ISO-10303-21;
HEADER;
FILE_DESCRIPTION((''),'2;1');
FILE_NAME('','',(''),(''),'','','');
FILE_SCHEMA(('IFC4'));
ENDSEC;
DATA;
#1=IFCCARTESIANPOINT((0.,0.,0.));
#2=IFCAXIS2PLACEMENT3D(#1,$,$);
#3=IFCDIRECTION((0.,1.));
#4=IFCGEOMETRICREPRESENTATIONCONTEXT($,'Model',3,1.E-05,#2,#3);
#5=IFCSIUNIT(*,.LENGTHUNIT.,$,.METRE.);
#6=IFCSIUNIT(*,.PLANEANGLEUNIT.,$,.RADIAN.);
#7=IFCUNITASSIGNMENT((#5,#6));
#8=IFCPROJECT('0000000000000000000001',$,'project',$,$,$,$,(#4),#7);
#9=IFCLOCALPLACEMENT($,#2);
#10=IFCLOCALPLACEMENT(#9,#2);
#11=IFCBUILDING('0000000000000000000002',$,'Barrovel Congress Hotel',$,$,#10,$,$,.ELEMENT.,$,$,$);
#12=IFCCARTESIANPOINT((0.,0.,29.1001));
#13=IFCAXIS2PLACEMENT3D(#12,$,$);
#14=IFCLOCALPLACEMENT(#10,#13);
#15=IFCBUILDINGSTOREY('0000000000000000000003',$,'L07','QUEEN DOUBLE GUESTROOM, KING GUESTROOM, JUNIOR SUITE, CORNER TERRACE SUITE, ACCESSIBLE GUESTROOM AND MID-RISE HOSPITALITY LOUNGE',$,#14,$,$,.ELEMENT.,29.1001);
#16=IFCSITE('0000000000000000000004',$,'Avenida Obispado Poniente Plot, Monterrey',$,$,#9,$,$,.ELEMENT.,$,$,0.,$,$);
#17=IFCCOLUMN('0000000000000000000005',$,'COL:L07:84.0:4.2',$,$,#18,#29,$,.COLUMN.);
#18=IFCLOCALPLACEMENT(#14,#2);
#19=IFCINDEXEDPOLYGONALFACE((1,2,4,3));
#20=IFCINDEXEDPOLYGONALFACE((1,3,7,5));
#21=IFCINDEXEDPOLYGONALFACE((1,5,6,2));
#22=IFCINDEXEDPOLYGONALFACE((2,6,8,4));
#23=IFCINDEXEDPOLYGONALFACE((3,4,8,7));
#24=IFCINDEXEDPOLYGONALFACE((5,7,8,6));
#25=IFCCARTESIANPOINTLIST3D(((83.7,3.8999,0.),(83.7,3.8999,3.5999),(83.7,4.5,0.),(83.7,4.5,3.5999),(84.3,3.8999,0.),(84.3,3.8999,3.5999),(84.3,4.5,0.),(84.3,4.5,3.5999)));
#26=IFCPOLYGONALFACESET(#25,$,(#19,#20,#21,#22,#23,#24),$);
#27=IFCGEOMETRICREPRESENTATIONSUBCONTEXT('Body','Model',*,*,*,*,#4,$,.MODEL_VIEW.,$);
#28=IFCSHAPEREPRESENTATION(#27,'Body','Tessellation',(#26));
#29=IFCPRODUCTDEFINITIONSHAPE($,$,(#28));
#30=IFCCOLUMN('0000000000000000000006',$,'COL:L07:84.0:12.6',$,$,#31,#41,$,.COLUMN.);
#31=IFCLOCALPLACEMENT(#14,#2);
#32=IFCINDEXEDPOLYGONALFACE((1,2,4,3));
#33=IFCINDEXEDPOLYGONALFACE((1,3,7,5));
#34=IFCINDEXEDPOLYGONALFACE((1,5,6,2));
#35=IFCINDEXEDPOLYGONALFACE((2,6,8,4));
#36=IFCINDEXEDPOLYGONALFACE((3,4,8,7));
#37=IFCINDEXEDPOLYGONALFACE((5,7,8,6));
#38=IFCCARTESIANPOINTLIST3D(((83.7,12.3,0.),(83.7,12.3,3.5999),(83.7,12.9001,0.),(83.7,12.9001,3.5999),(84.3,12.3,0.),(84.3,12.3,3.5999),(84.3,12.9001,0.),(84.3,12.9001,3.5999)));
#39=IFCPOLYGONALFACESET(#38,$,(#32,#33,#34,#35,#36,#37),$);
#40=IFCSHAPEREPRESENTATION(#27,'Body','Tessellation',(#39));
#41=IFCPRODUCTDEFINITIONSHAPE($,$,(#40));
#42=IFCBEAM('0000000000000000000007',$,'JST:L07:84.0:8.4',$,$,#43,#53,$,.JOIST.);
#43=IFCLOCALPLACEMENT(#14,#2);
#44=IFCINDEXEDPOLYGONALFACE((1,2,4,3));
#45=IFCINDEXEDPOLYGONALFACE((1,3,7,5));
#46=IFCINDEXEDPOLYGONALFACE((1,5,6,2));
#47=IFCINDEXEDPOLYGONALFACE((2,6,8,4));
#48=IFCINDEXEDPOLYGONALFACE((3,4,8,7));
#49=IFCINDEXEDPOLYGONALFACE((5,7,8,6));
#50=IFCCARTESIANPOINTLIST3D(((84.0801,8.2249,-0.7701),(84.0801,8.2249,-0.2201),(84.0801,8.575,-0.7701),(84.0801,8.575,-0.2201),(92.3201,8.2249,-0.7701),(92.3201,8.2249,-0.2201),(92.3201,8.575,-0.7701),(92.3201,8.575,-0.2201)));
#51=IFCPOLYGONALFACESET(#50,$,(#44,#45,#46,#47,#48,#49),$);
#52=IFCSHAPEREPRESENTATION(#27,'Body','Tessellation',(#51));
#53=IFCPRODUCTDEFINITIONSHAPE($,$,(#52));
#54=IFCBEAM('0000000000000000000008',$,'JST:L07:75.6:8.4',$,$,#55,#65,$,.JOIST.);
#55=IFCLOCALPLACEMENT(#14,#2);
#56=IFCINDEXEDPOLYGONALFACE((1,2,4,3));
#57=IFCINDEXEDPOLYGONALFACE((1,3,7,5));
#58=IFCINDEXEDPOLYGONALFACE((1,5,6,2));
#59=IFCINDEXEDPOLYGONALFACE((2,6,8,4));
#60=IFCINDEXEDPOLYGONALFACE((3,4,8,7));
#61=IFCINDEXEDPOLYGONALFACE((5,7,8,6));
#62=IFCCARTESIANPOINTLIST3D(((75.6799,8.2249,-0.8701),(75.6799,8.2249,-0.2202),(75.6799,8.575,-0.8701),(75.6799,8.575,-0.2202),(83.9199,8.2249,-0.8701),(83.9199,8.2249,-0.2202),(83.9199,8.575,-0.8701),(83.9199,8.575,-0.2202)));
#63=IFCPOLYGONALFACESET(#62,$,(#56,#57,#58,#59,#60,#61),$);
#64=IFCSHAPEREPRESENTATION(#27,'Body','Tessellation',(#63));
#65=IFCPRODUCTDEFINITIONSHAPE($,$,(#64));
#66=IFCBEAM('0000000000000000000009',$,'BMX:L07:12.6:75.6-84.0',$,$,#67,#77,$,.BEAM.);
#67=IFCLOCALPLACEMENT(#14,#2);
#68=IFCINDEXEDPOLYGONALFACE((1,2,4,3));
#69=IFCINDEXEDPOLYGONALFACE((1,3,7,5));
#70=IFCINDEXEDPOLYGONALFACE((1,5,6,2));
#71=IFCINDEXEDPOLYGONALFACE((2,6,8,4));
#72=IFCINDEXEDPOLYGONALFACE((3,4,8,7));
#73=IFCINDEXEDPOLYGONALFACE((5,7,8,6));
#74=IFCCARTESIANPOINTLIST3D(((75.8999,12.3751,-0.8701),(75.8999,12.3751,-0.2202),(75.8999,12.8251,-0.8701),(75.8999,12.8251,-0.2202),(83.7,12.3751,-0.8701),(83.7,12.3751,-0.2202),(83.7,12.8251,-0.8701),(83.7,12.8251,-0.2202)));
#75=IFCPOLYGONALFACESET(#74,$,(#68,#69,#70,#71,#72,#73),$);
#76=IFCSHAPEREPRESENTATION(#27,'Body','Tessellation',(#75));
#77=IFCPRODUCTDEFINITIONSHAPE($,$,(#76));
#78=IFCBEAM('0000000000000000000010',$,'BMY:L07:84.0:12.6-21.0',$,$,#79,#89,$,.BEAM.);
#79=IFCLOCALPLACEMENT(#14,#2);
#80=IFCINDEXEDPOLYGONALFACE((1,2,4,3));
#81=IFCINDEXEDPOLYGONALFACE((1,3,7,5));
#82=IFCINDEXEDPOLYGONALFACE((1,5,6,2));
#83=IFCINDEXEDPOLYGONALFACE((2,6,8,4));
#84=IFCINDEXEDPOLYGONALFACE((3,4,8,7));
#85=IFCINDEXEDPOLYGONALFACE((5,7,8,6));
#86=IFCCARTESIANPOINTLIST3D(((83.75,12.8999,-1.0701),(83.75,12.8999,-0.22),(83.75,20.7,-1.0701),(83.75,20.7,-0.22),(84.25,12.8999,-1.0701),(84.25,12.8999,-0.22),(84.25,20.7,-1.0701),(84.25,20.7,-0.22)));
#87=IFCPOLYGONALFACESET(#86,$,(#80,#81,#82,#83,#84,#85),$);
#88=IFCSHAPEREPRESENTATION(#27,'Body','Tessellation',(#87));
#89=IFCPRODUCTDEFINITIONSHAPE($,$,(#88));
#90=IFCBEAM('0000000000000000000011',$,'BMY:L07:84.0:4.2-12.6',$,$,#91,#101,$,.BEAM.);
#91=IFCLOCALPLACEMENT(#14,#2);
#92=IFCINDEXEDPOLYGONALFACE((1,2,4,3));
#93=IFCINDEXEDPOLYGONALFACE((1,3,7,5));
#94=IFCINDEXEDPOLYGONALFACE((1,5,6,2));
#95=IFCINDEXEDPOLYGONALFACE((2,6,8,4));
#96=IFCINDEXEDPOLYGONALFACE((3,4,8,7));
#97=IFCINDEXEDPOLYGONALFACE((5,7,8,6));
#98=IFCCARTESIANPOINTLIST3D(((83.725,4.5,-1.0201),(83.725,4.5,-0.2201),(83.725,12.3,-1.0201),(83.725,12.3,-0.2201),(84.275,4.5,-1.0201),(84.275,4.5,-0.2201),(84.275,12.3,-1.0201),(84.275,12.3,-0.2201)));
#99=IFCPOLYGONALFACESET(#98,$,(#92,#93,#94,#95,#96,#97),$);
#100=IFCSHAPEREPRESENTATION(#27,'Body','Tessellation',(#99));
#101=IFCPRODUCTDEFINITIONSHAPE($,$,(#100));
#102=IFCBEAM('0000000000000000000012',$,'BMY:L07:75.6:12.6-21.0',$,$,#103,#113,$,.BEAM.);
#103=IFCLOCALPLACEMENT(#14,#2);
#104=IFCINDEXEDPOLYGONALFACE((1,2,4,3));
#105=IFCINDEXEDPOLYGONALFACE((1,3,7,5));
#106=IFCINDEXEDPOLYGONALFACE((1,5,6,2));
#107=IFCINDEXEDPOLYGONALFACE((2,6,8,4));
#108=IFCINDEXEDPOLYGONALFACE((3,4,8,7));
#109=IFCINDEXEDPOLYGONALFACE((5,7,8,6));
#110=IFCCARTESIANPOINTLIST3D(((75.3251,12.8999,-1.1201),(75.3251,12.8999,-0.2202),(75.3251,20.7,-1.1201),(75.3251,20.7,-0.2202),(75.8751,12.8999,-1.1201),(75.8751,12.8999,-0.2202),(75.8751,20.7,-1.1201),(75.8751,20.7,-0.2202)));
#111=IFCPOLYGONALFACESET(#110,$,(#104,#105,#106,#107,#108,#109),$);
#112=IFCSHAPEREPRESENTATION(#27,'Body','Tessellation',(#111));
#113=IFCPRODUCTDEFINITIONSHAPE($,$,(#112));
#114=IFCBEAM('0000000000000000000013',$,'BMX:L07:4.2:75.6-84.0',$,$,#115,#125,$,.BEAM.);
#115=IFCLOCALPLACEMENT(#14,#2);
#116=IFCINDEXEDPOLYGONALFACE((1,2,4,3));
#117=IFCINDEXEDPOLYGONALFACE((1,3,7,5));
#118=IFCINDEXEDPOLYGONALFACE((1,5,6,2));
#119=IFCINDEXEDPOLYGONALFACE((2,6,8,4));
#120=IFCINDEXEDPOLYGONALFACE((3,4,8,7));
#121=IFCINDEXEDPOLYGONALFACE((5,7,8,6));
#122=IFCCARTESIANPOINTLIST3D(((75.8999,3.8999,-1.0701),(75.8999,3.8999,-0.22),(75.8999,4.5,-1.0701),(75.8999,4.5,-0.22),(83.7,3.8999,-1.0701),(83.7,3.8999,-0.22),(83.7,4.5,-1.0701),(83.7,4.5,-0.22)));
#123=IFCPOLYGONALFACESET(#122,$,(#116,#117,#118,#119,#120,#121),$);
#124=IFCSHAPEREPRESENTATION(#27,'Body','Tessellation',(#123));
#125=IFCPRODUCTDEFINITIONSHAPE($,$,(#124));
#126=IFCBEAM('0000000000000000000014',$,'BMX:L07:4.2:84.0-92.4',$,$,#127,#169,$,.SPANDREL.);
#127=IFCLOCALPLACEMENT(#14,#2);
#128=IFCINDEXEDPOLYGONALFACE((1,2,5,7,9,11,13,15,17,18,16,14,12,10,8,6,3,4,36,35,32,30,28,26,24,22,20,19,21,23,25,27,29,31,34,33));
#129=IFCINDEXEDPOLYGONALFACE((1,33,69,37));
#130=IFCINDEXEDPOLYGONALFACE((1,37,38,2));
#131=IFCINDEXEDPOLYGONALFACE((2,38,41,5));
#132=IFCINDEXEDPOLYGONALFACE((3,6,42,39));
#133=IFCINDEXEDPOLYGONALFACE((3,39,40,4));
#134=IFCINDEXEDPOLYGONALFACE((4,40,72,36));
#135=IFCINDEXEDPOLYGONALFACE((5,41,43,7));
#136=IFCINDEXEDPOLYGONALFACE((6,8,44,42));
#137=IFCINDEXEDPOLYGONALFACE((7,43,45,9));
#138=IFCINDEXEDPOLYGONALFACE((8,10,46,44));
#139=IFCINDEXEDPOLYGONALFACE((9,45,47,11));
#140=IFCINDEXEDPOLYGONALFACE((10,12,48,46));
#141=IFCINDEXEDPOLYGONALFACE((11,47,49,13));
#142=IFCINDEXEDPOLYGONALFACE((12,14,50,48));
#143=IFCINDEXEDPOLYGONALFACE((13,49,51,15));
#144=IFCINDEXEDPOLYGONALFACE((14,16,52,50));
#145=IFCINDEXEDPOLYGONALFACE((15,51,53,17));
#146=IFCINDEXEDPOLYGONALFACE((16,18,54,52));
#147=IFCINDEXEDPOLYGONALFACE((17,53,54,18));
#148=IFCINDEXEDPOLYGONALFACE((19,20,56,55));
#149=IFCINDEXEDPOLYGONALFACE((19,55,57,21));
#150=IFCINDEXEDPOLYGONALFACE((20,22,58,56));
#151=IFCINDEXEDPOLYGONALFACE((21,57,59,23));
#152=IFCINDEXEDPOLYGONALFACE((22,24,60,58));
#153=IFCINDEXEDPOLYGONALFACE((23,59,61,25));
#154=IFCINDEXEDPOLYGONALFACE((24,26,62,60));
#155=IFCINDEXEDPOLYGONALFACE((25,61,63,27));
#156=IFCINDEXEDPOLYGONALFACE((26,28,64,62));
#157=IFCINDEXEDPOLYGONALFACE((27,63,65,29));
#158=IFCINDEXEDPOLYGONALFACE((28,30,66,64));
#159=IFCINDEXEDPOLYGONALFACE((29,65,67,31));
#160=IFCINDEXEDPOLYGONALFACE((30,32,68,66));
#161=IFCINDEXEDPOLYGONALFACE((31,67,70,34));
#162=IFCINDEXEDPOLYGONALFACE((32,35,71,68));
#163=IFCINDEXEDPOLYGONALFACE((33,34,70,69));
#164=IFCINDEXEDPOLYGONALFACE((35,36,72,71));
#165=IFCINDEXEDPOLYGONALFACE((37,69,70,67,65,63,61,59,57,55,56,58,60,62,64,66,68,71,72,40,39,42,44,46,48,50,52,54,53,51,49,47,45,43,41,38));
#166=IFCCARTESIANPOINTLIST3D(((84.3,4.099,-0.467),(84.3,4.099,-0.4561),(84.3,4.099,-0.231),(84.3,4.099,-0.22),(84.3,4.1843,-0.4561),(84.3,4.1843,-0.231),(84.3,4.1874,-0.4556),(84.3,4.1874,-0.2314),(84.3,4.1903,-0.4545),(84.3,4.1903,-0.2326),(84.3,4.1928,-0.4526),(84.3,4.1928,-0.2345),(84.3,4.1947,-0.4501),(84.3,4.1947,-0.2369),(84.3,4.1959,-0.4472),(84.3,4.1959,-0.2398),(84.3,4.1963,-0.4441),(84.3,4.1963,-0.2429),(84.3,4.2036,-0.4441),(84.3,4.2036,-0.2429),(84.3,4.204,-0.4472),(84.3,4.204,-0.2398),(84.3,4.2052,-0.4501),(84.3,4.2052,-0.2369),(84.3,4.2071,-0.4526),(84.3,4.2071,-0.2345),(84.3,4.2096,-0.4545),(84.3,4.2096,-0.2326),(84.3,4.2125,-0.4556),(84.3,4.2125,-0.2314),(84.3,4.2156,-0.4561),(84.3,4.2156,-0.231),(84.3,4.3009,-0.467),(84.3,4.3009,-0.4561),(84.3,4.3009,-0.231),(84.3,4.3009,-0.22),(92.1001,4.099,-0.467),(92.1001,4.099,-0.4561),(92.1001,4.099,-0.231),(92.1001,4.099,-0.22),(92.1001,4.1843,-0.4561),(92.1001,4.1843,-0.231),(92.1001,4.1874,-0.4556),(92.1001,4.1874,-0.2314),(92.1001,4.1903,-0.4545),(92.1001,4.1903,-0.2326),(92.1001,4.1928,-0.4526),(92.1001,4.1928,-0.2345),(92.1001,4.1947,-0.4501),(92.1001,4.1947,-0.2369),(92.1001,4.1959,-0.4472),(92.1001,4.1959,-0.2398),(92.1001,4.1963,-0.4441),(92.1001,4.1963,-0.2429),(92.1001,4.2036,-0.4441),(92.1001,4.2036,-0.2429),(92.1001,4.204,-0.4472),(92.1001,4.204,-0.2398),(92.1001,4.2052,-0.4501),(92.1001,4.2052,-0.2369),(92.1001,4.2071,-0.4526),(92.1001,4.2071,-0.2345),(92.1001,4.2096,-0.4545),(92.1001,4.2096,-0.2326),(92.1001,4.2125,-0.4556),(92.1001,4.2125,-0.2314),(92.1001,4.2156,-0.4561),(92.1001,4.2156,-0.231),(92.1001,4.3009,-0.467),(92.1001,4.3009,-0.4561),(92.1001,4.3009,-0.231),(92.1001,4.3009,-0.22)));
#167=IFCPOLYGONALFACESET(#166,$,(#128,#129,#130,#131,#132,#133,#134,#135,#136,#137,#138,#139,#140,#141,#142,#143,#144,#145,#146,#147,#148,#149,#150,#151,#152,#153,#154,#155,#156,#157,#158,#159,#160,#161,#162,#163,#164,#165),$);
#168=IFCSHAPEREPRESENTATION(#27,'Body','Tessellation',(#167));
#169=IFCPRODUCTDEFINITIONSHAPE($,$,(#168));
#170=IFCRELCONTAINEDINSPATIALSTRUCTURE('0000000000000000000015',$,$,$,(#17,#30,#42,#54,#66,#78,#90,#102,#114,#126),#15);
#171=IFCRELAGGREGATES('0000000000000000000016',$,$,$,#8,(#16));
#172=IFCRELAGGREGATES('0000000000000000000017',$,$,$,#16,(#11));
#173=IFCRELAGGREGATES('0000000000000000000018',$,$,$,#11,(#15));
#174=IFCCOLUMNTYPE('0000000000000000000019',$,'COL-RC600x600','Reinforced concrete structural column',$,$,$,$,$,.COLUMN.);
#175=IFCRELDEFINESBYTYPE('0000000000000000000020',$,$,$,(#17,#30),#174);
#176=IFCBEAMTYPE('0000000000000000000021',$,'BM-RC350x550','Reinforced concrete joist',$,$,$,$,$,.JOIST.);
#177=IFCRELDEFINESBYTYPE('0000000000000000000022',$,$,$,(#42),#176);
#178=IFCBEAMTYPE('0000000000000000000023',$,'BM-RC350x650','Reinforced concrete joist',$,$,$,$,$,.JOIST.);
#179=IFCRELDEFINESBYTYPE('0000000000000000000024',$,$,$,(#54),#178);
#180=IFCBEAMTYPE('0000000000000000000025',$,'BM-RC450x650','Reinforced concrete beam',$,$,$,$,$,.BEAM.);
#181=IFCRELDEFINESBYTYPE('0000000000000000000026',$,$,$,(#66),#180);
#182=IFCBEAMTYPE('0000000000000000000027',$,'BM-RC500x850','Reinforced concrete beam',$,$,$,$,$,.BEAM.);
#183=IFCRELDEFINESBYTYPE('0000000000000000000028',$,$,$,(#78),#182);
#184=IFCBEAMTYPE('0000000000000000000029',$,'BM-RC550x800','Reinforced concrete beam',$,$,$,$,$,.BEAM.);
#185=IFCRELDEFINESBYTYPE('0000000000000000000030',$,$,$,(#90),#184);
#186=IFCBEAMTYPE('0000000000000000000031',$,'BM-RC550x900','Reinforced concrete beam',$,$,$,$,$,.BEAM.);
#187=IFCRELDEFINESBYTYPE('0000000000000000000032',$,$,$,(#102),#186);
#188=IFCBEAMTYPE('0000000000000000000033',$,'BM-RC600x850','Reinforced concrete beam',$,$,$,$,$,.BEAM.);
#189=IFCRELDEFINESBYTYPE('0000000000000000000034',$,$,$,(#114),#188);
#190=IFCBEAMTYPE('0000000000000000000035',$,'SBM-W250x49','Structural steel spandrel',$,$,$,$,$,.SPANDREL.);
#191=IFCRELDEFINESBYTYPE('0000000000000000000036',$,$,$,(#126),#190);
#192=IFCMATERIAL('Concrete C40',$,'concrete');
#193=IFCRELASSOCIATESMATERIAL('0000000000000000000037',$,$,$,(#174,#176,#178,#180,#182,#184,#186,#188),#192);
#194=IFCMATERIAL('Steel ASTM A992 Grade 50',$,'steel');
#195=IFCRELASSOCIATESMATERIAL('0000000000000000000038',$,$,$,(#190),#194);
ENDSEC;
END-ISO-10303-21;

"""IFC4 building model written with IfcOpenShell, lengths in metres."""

from ifc_helpers import new_model, si_unit, direction, frame, origin, origin_2d, place, context, subcontext, project, spatial, rectangle, i_section, extrude, material, material_profile, profile_set, type_object, element, save


model = new_model("IFC4")

# Units and contexts
model_context = context("Model", 3, precision=1e-05, world=origin(), true_north=direction((0.0, 1.0)))
body_context = subcontext(model_context, "Body", "Model", "MODEL_VIEW")
ifc_project = project(units=[si_unit("LENGTHUNIT", "METRE"), si_unit("PLANEANGLEUNIT", "RADIAN")], contexts=[model_context])

# Site, building, storey
site_placement = place(None, origin())
site = spatial("IfcSite", under=ifc_project, at=site_placement, Name="Avenida Obispado Poniente Plot, Monterrey", CompositionType="ELEMENT", RefElevation=0.0)
building_placement = place(site_placement, origin())
building = spatial("IfcBuilding", under=site, at=building_placement, Name="Barrovel Congress Hotel", CompositionType="ELEMENT")
storey_placement = place(building_placement, frame((0.0, 0.0, 29.1001)))
storey = spatial("IfcBuildingStorey", under=building, at=storey_placement, Name="L07", Description="QUEEN DOUBLE GUESTROOM, KING GUESTROOM, JUNIOR SUITE, CORNER TERRACE SUITE, ACCESSIBLE GUESTROOM AND MID-RISE HOSPITALITY LOUNGE", CompositionType="ELEMENT", Elevation=29.1001)

# Columns
ifc_material_1 = material(Name="Concrete C40", Category="concrete")
ifc_material_profile_1 = material_profile(ifc_material_1, rectangle(XDim=0.6001, YDim=0.6001, at=origin_2d()), Name="RC600x600")
ifc_profile_set_1 = profile_set([ifc_material_profile_1], Name="Concrete C40")
column_type = type_object("IfcColumnType", Name="COL-RC600x600", Description="Reinforced concrete structural column", PredefinedType="COLUMN", material=ifc_profile_set_1)
for number, where, z_axis, x_axis, name in (
    (1, (84.0, 4.2, 0.0), (0.0, 0.0, 1.0), (1.0, 0.0, 0.0), "COL:L07:84.0:4.2"),
    (2, (84.0, 12.6001, 0.0), (0.0, 0.0, 1.0), (1.0, 0.0, 0.0), "COL:L07:84.0:12.6"),
):
    element("IfcColumn", number, at=place(storey_placement, frame(where, z_axis=z_axis, x_axis=x_axis)), inside=storey, type_object=column_type, Name=name, PredefinedType="COLUMN", context=body_context, shape_type="SweptSolid", body=[
        extrude(rectangle(XDim=0.6001, YDim=0.6001, at=origin_2d()), origin(), (0.0, 0.0, 1.0), 3.5999),
    ])

# Beams
ifc_material_profile_2 = material_profile(ifc_material_1, rectangle(XDim=0.3501, YDim=0.55, at=origin_2d()), Name="RC350x550")
ifc_profile_set_2 = profile_set([ifc_material_profile_2], Name="Concrete C40")
beam_type_1 = type_object("IfcBeamType", Name="BM-RC350x550", Description="Reinforced concrete joist", PredefinedType="JOIST", material=ifc_profile_set_2)
beam_1_placement = place(storey_placement, frame((84.0801, 8.3999, -0.4951), z_axis=(1.0, 0.0, 0.0), x_axis=(0.0, 1.0, 0.0)))
element("IfcBeam", 3, at=beam_1_placement, inside=storey, type_object=beam_type_1, Name="JST:L07:84.0:8.4", PredefinedType="JOIST", context=body_context, shape_type="SweptSolid", body=[
    extrude(rectangle(XDim=0.3501, YDim=0.55, at=origin_2d()), origin(), (0.0, 0.0, 1.0), 8.24),
])
ifc_material_profile_3 = material_profile(ifc_material_1, rectangle(XDim=0.3501, YDim=0.6499, at=origin_2d()), Name="RC350x650")
ifc_profile_set_3 = profile_set([ifc_material_profile_3], Name="Concrete C40")
beam_type_2 = type_object("IfcBeamType", Name="BM-RC350x650", Description="Reinforced concrete joist", PredefinedType="JOIST", material=ifc_profile_set_3)
beam_2_placement = place(storey_placement, frame((75.6799, 8.3999, -0.5452), z_axis=(1.0, 0.0, 0.0), x_axis=(0.0, 1.0, 0.0)))
element("IfcBeam", 4, at=beam_2_placement, inside=storey, type_object=beam_type_2, Name="JST:L07:75.6:8.4", PredefinedType="JOIST", context=body_context, shape_type="SweptSolid", body=[
    extrude(rectangle(XDim=0.3501, YDim=0.6499, at=origin_2d()), origin(), (0.0, 0.0, 1.0), 8.24),
])
ifc_material_profile_4 = material_profile(ifc_material_1, rectangle(XDim=0.45, YDim=0.6499, at=origin_2d()), Name="RC450x650")
ifc_profile_set_4 = profile_set([ifc_material_profile_4], Name="Concrete C40")
beam_type_3 = type_object("IfcBeamType", Name="BM-RC450x650", Description="Reinforced concrete beam", PredefinedType="BEAM", material=ifc_profile_set_4)
beam_3_placement = place(storey_placement, frame((75.8999, 12.6001, -0.5452), z_axis=(1.0, 0.0, 0.0), x_axis=(0.0, 1.0, 0.0)))
element("IfcBeam", 5, at=beam_3_placement, inside=storey, type_object=beam_type_3, Name="BMX:L07:12.6:75.6-84.0", PredefinedType="BEAM", context=body_context, shape_type="SweptSolid", body=[
    extrude(rectangle(XDim=0.45, YDim=0.6499, at=origin_2d()), origin(), (0.0, 0.0, 1.0), 7.8),
])
ifc_material_profile_5 = material_profile(ifc_material_1, rectangle(XDim=0.5, YDim=0.8501, at=origin_2d()), Name="RC500x850")
ifc_profile_set_5 = profile_set([ifc_material_profile_5], Name="Concrete C40")
beam_type_4 = type_object("IfcBeamType", Name="BM-RC500x850", Description="Reinforced concrete beam", PredefinedType="BEAM", material=ifc_profile_set_5)
beam_4_placement = place(storey_placement, frame((84.0, 12.8999, -0.645), z_axis=(0.0, 1.0, 0.0), x_axis=(-1.0, 0.0, 0.0)))
element("IfcBeam", 6, at=beam_4_placement, inside=storey, type_object=beam_type_4, Name="BMY:L07:84.0:12.6-21.0", PredefinedType="BEAM", context=body_context, shape_type="SweptSolid", body=[
    extrude(rectangle(XDim=0.5, YDim=0.8501, at=origin_2d()), origin(), (0.0, 0.0, 1.0), 7.8),
])
ifc_material_profile_6 = material_profile(ifc_material_1, rectangle(XDim=0.55, YDim=0.8, at=origin_2d()), Name="RC550x800")
ifc_profile_set_6 = profile_set([ifc_material_profile_6], Name="Concrete C40")
beam_type_5 = type_object("IfcBeamType", Name="BM-RC550x800", Description="Reinforced concrete beam", PredefinedType="BEAM", material=ifc_profile_set_6)
beam_5_placement = place(storey_placement, frame((84.0, 4.5, -0.6201), z_axis=(0.0, 1.0, 0.0), x_axis=(-1.0, 0.0, 0.0)))
element("IfcBeam", 7, at=beam_5_placement, inside=storey, type_object=beam_type_5, Name="BMY:L07:84.0:4.2-12.6", PredefinedType="BEAM", context=body_context, shape_type="SweptSolid", body=[
    extrude(rectangle(XDim=0.55, YDim=0.8, at=origin_2d()), origin(), (0.0, 0.0, 1.0), 7.8),
])
ifc_material_profile_7 = material_profile(ifc_material_1, rectangle(XDim=0.55, YDim=0.8999, at=origin_2d()), Name="RC550x900")
ifc_profile_set_7 = profile_set([ifc_material_profile_7], Name="Concrete C40")
beam_type_6 = type_object("IfcBeamType", Name="BM-RC550x900", Description="Reinforced concrete beam", PredefinedType="BEAM", material=ifc_profile_set_7)
beam_6_placement = place(storey_placement, frame((75.6001, 12.8999, -0.6702), z_axis=(0.0, 1.0, 0.0), x_axis=(-1.0, 0.0, 0.0)))
element("IfcBeam", 8, at=beam_6_placement, inside=storey, type_object=beam_type_6, Name="BMY:L07:75.6:12.6-21.0", PredefinedType="BEAM", context=body_context, shape_type="SweptSolid", body=[
    extrude(rectangle(XDim=0.55, YDim=0.8999, at=origin_2d()), origin(), (0.0, 0.0, 1.0), 7.8),
])
ifc_material_profile_8 = material_profile(ifc_material_1, rectangle(XDim=0.6001, YDim=0.8501, at=origin_2d()), Name="RC600x850")
ifc_profile_set_8 = profile_set([ifc_material_profile_8], Name="Concrete C40")
beam_type_7 = type_object("IfcBeamType", Name="BM-RC600x850", Description="Reinforced concrete beam", PredefinedType="BEAM", material=ifc_profile_set_8)
beam_7_placement = place(storey_placement, frame((75.8999, 4.2, -0.645), z_axis=(1.0, 0.0, 0.0), x_axis=(0.0, 1.0, 0.0)))
element("IfcBeam", 9, at=beam_7_placement, inside=storey, type_object=beam_type_7, Name="BMX:L07:4.2:75.6-84.0", PredefinedType="BEAM", context=body_context, shape_type="SweptSolid", body=[
    extrude(rectangle(XDim=0.6001, YDim=0.8501, at=origin_2d()), origin(), (0.0, 0.0, 1.0), 7.8),
])
ifc_material_2 = material(Name="Steel ASTM A992 Grade 50", Category="steel")
ifc_material_profile_9 = material_profile(ifc_material_2, i_section(OverallWidth=0.2019, OverallDepth=0.2471, WebThickness=0.0073, FlangeThickness=0.011, FilletRadius=0.012, at=origin_2d()), Name="W250x49")
ifc_profile_set_9 = profile_set([ifc_material_profile_9], Name="Steel ASTM A992 Grade 50")
beam_type_8 = type_object("IfcBeamType", Name="SBM-W250x49", Description="Structural steel spandrel", PredefinedType="SPANDREL", material=ifc_profile_set_9)
beam_8_placement = place(storey_placement, frame((84.3, 4.2, -0.3435), z_axis=(1.0, 0.0, 0.0), x_axis=(0.0, 1.0, 0.0)))
element("IfcBeam", 10, at=beam_8_placement, inside=storey, type_object=beam_type_8, Name="BMX:L07:4.2:84.0-92.4", PredefinedType="SPANDREL", context=body_context, shape_type="SweptSolid", body=[
    extrude(i_section(OverallWidth=0.2019, OverallDepth=0.2471, WebThickness=0.0073, FlangeThickness=0.011, FilletRadius=0.012, at=origin_2d()), origin(), (0.0, 0.0, 1.0), 7.8),
])

save(model, "model.ifc")
